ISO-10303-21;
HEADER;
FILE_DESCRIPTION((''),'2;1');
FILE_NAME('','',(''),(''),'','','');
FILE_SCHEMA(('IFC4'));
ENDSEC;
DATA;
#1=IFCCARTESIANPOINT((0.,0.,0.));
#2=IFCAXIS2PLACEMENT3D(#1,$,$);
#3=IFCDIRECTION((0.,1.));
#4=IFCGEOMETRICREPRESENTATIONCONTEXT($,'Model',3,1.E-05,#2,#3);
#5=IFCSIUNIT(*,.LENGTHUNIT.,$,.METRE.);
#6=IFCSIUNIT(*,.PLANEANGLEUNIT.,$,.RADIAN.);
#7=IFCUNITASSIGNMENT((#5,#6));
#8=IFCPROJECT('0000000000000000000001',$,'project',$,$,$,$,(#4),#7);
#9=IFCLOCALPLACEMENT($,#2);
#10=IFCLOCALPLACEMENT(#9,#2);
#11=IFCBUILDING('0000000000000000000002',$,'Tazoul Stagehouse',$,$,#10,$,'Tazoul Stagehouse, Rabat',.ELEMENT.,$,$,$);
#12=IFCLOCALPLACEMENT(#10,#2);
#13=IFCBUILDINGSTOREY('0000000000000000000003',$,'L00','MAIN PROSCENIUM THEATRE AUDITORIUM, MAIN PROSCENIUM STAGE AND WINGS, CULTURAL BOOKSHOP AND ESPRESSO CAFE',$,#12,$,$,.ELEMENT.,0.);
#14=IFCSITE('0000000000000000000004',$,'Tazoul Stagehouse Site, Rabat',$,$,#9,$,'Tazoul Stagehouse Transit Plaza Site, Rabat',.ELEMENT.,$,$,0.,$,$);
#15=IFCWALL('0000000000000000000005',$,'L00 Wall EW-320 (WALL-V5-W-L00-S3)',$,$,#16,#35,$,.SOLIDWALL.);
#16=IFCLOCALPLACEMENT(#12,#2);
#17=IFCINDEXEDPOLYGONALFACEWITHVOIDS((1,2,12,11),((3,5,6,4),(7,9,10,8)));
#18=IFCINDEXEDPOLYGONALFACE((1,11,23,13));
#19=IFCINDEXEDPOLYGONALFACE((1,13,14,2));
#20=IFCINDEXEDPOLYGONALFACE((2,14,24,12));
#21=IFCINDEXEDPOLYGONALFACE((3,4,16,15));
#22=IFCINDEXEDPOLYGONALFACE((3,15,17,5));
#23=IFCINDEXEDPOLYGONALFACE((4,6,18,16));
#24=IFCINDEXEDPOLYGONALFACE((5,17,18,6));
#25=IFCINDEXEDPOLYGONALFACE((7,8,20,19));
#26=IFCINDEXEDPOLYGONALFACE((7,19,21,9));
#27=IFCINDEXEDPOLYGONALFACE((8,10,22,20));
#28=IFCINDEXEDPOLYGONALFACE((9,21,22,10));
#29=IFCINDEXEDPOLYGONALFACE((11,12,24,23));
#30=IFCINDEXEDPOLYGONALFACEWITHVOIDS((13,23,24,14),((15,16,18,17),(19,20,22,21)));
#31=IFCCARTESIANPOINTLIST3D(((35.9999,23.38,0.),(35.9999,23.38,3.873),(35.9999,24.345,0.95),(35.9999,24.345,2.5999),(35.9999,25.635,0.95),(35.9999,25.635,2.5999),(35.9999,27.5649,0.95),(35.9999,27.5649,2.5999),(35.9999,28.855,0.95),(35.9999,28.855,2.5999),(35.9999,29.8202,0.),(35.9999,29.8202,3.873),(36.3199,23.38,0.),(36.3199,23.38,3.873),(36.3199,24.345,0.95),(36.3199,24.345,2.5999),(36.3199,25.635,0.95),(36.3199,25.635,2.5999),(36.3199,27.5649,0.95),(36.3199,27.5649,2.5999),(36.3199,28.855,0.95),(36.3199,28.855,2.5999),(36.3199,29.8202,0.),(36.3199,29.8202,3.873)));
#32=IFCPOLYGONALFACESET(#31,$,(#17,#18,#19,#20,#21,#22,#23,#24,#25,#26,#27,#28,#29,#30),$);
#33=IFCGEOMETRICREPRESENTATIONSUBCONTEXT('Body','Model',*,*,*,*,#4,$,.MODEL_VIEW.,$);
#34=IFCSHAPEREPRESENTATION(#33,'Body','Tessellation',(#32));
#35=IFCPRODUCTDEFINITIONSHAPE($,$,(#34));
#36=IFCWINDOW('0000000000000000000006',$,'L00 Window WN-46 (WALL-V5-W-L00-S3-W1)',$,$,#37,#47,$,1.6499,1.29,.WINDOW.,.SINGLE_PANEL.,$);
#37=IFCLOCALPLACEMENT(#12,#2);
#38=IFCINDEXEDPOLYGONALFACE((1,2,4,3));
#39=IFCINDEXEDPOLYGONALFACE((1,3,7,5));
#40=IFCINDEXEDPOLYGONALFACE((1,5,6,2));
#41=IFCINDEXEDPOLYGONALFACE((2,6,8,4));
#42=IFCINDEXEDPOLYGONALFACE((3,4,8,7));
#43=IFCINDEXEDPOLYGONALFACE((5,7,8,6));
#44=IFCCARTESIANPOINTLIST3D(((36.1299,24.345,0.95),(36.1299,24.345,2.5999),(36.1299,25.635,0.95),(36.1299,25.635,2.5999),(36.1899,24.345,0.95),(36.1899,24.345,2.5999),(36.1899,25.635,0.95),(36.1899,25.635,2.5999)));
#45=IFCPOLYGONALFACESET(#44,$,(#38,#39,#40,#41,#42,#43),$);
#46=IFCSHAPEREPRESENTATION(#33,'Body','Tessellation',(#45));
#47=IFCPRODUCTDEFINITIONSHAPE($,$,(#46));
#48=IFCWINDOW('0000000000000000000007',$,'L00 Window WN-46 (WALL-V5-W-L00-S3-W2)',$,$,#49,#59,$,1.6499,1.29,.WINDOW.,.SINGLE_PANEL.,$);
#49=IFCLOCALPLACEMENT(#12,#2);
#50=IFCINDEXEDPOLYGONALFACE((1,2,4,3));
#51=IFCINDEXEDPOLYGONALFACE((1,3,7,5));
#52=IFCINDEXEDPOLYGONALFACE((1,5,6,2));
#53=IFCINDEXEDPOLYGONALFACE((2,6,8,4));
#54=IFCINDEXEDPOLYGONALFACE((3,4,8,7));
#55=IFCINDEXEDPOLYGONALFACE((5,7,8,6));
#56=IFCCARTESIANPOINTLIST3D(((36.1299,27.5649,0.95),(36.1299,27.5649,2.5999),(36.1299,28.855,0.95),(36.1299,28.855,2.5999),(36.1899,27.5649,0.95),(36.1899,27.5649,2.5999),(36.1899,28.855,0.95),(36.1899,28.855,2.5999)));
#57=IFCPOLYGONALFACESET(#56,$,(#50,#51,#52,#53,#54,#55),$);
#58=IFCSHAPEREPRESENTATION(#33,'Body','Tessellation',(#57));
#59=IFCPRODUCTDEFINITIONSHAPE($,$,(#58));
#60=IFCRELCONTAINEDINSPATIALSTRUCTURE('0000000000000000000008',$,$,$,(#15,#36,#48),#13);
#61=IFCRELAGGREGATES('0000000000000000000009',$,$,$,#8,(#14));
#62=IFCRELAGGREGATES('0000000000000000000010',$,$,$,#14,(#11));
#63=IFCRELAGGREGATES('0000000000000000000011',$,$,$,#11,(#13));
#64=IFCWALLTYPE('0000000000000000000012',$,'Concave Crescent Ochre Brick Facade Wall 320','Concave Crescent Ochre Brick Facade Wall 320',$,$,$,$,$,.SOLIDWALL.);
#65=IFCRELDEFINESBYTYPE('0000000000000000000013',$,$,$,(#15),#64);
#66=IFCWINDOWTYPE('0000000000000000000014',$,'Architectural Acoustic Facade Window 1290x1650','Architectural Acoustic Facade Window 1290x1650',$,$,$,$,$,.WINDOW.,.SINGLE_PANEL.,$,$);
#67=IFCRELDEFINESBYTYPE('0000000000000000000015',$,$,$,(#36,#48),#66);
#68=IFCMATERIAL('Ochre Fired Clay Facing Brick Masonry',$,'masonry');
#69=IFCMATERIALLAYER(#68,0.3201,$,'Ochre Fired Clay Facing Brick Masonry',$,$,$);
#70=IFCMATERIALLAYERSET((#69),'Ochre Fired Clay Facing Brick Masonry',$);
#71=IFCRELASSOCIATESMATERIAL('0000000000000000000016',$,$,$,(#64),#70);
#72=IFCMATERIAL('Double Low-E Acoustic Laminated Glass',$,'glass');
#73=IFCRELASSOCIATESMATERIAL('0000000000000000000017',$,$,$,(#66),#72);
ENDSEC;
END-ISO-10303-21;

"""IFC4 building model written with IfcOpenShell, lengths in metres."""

from ifc_helpers import new_model, si_unit, direction, frame, frame_2d, origin, place, context, subcontext, project, spatial, rectangle, extrude, material, layer, layer_set, type_object, element, fill, save


model = new_model("IFC4")

# Units and contexts
model_context = context("Model", 3, precision=1e-05, world=origin(), true_north=direction((0.0, 1.0)))
body_context = subcontext(model_context, "Body", "Model", "MODEL_VIEW")
ifc_project = project(units=[si_unit("LENGTHUNIT", "METRE"), si_unit("PLANEANGLEUNIT", "RADIAN")], contexts=[model_context])

# Site, building, storey
site_placement = place(None, origin())
building_placement = place(site_placement, origin())
storey_placement = place(building_placement, origin())
site = spatial("IfcSite", under=ifc_project, at=site_placement, Name="Tazoul Stagehouse Site, Rabat", LongName="Tazoul Stagehouse Transit Plaza Site, Rabat", CompositionType="ELEMENT", RefElevation=0.0)
building = spatial("IfcBuilding", under=site, at=building_placement, Name="Tazoul Stagehouse", LongName="Tazoul Stagehouse, Rabat", CompositionType="ELEMENT")
storey = spatial("IfcBuildingStorey", under=building, at=storey_placement, Name="L00", Description="MAIN PROSCENIUM THEATRE AUDITORIUM, MAIN PROSCENIUM STAGE AND WINGS, CULTURAL BOOKSHOP AND ESPRESSO CAFE", CompositionType="ELEMENT", Elevation=0.0)

# Wall, openings, windows
ifc_material_1 = material(Name="Ochre Fired Clay Facing Brick Masonry", Category="masonry")
ifc_layer_1 = layer(ifc_material_1, 0.3201, Name="Ochre Fired Clay Facing Brick Masonry")
ifc_layer_set_1 = layer_set([ifc_layer_1], Name="Ochre Fired Clay Facing Brick Masonry")
wall_type = type_object("IfcWallType", Name="Concave Crescent Ochre Brick Facade Wall 320", Description="Concave Crescent Ochre Brick Facade Wall 320", PredefinedType="SOLIDWALL", material=ifc_layer_set_1)
wall_placement = place(storey_placement, frame((36.1599, 23.3799, 0.0), z_axis=(0.0, 0.0, 1.0), x_axis=(0.0, 1.0, 0.0)))
wall = element("IfcWall", 1, at=wall_placement, inside=storey, type_object=wall_type, Name="L00 Wall EW-320 (WALL-V5-W-L00-S3)", PredefinedType="SOLIDWALL", context=body_context, shape_type="SweptSolid", body=[
    extrude(rectangle(XDim=6.4402, YDim=0.3201, at=frame_2d((3.2202, 0.0))), origin(), (0.0, 0.0, 1.0), 3.873),
])
opening_1_placement = place(wall_placement, frame((0.9651, 0.0, 0.95)))
opening_1 = element("IfcOpeningElement", 2, at=opening_1_placement, cuts=wall, PredefinedType="OPENING", context=body_context, shape_type="SweptSolid", body=[
    extrude(rectangle(XDim=1.29, YDim=1.6499, at=frame_2d((0.645, 0.825))), frame((0.0, 0.1799, 0.0), z_axis=(0.0, -1.0, 0.0), x_axis=(1.0, 0.0, 0.0)), (0.0, 0.0, 1.0), 0.3601),
])
opening_2_placement = place(wall_placement, frame((4.1851, 0.0, 0.95)))
opening_2 = element("IfcOpeningElement", 3, at=opening_2_placement, cuts=wall, PredefinedType="OPENING", context=body_context, shape_type="SweptSolid", body=[
    extrude(rectangle(XDim=1.29, YDim=1.6499, at=frame_2d((0.645, 0.825))), frame((0.0, 0.1799, 0.0), z_axis=(0.0, -1.0, 0.0), x_axis=(1.0, 0.0, 0.0)), (0.0, 0.0, 1.0), 0.3601),
])
ifc_material_2 = material(Name="Double Low-E Acoustic Laminated Glass", Category="glass")
window_type = type_object("IfcWindowType", Name="Architectural Acoustic Facade Window 1290x1650", Description="Architectural Acoustic Facade Window 1290x1650", PartitioningType="SINGLE_PANEL", PredefinedType="WINDOW", material=ifc_material_2)
window_1_placement = place(opening_1_placement, origin())
window_1 = element("IfcWindow", 4, at=window_1_placement, inside=storey, type_object=window_type, Name="L00 Window WN-46 (WALL-V5-W-L00-S3-W1)", OverallHeight=1.6499, OverallWidth=1.29, PartitioningType="SINGLE_PANEL", PredefinedType="WINDOW", context=body_context, shape_type="SweptSolid", body=[
    extrude(rectangle(XDim=1.29, YDim=1.6499, at=frame_2d((0.645, 0.825))), frame((0.0, 0.03, 0.0), z_axis=(0.0, -1.0, 0.0), x_axis=(1.0, 0.0, 0.0)), (0.0, 0.0, 1.0), 0.0601),
])
fill(opening_1, window_1)
window_2_placement = place(opening_2_placement, origin())
window_2 = element("IfcWindow", 5, at=window_2_placement, inside=storey, type_object=window_type, Name="L00 Window WN-46 (WALL-V5-W-L00-S3-W2)", OverallHeight=1.6499, OverallWidth=1.29, PartitioningType="SINGLE_PANEL", PredefinedType="WINDOW", context=body_context, shape_type="SweptSolid", body=[
    extrude(rectangle(XDim=1.29, YDim=1.6499, at=frame_2d((0.645, 0.825))), frame((0.0, 0.03, 0.0), z_axis=(0.0, -1.0, 0.0), x_axis=(1.0, 0.0, 0.0)), (0.0, 0.0, 1.0), 0.0601),
])
fill(opening_2, window_2)

save(model, "model.ifc")
